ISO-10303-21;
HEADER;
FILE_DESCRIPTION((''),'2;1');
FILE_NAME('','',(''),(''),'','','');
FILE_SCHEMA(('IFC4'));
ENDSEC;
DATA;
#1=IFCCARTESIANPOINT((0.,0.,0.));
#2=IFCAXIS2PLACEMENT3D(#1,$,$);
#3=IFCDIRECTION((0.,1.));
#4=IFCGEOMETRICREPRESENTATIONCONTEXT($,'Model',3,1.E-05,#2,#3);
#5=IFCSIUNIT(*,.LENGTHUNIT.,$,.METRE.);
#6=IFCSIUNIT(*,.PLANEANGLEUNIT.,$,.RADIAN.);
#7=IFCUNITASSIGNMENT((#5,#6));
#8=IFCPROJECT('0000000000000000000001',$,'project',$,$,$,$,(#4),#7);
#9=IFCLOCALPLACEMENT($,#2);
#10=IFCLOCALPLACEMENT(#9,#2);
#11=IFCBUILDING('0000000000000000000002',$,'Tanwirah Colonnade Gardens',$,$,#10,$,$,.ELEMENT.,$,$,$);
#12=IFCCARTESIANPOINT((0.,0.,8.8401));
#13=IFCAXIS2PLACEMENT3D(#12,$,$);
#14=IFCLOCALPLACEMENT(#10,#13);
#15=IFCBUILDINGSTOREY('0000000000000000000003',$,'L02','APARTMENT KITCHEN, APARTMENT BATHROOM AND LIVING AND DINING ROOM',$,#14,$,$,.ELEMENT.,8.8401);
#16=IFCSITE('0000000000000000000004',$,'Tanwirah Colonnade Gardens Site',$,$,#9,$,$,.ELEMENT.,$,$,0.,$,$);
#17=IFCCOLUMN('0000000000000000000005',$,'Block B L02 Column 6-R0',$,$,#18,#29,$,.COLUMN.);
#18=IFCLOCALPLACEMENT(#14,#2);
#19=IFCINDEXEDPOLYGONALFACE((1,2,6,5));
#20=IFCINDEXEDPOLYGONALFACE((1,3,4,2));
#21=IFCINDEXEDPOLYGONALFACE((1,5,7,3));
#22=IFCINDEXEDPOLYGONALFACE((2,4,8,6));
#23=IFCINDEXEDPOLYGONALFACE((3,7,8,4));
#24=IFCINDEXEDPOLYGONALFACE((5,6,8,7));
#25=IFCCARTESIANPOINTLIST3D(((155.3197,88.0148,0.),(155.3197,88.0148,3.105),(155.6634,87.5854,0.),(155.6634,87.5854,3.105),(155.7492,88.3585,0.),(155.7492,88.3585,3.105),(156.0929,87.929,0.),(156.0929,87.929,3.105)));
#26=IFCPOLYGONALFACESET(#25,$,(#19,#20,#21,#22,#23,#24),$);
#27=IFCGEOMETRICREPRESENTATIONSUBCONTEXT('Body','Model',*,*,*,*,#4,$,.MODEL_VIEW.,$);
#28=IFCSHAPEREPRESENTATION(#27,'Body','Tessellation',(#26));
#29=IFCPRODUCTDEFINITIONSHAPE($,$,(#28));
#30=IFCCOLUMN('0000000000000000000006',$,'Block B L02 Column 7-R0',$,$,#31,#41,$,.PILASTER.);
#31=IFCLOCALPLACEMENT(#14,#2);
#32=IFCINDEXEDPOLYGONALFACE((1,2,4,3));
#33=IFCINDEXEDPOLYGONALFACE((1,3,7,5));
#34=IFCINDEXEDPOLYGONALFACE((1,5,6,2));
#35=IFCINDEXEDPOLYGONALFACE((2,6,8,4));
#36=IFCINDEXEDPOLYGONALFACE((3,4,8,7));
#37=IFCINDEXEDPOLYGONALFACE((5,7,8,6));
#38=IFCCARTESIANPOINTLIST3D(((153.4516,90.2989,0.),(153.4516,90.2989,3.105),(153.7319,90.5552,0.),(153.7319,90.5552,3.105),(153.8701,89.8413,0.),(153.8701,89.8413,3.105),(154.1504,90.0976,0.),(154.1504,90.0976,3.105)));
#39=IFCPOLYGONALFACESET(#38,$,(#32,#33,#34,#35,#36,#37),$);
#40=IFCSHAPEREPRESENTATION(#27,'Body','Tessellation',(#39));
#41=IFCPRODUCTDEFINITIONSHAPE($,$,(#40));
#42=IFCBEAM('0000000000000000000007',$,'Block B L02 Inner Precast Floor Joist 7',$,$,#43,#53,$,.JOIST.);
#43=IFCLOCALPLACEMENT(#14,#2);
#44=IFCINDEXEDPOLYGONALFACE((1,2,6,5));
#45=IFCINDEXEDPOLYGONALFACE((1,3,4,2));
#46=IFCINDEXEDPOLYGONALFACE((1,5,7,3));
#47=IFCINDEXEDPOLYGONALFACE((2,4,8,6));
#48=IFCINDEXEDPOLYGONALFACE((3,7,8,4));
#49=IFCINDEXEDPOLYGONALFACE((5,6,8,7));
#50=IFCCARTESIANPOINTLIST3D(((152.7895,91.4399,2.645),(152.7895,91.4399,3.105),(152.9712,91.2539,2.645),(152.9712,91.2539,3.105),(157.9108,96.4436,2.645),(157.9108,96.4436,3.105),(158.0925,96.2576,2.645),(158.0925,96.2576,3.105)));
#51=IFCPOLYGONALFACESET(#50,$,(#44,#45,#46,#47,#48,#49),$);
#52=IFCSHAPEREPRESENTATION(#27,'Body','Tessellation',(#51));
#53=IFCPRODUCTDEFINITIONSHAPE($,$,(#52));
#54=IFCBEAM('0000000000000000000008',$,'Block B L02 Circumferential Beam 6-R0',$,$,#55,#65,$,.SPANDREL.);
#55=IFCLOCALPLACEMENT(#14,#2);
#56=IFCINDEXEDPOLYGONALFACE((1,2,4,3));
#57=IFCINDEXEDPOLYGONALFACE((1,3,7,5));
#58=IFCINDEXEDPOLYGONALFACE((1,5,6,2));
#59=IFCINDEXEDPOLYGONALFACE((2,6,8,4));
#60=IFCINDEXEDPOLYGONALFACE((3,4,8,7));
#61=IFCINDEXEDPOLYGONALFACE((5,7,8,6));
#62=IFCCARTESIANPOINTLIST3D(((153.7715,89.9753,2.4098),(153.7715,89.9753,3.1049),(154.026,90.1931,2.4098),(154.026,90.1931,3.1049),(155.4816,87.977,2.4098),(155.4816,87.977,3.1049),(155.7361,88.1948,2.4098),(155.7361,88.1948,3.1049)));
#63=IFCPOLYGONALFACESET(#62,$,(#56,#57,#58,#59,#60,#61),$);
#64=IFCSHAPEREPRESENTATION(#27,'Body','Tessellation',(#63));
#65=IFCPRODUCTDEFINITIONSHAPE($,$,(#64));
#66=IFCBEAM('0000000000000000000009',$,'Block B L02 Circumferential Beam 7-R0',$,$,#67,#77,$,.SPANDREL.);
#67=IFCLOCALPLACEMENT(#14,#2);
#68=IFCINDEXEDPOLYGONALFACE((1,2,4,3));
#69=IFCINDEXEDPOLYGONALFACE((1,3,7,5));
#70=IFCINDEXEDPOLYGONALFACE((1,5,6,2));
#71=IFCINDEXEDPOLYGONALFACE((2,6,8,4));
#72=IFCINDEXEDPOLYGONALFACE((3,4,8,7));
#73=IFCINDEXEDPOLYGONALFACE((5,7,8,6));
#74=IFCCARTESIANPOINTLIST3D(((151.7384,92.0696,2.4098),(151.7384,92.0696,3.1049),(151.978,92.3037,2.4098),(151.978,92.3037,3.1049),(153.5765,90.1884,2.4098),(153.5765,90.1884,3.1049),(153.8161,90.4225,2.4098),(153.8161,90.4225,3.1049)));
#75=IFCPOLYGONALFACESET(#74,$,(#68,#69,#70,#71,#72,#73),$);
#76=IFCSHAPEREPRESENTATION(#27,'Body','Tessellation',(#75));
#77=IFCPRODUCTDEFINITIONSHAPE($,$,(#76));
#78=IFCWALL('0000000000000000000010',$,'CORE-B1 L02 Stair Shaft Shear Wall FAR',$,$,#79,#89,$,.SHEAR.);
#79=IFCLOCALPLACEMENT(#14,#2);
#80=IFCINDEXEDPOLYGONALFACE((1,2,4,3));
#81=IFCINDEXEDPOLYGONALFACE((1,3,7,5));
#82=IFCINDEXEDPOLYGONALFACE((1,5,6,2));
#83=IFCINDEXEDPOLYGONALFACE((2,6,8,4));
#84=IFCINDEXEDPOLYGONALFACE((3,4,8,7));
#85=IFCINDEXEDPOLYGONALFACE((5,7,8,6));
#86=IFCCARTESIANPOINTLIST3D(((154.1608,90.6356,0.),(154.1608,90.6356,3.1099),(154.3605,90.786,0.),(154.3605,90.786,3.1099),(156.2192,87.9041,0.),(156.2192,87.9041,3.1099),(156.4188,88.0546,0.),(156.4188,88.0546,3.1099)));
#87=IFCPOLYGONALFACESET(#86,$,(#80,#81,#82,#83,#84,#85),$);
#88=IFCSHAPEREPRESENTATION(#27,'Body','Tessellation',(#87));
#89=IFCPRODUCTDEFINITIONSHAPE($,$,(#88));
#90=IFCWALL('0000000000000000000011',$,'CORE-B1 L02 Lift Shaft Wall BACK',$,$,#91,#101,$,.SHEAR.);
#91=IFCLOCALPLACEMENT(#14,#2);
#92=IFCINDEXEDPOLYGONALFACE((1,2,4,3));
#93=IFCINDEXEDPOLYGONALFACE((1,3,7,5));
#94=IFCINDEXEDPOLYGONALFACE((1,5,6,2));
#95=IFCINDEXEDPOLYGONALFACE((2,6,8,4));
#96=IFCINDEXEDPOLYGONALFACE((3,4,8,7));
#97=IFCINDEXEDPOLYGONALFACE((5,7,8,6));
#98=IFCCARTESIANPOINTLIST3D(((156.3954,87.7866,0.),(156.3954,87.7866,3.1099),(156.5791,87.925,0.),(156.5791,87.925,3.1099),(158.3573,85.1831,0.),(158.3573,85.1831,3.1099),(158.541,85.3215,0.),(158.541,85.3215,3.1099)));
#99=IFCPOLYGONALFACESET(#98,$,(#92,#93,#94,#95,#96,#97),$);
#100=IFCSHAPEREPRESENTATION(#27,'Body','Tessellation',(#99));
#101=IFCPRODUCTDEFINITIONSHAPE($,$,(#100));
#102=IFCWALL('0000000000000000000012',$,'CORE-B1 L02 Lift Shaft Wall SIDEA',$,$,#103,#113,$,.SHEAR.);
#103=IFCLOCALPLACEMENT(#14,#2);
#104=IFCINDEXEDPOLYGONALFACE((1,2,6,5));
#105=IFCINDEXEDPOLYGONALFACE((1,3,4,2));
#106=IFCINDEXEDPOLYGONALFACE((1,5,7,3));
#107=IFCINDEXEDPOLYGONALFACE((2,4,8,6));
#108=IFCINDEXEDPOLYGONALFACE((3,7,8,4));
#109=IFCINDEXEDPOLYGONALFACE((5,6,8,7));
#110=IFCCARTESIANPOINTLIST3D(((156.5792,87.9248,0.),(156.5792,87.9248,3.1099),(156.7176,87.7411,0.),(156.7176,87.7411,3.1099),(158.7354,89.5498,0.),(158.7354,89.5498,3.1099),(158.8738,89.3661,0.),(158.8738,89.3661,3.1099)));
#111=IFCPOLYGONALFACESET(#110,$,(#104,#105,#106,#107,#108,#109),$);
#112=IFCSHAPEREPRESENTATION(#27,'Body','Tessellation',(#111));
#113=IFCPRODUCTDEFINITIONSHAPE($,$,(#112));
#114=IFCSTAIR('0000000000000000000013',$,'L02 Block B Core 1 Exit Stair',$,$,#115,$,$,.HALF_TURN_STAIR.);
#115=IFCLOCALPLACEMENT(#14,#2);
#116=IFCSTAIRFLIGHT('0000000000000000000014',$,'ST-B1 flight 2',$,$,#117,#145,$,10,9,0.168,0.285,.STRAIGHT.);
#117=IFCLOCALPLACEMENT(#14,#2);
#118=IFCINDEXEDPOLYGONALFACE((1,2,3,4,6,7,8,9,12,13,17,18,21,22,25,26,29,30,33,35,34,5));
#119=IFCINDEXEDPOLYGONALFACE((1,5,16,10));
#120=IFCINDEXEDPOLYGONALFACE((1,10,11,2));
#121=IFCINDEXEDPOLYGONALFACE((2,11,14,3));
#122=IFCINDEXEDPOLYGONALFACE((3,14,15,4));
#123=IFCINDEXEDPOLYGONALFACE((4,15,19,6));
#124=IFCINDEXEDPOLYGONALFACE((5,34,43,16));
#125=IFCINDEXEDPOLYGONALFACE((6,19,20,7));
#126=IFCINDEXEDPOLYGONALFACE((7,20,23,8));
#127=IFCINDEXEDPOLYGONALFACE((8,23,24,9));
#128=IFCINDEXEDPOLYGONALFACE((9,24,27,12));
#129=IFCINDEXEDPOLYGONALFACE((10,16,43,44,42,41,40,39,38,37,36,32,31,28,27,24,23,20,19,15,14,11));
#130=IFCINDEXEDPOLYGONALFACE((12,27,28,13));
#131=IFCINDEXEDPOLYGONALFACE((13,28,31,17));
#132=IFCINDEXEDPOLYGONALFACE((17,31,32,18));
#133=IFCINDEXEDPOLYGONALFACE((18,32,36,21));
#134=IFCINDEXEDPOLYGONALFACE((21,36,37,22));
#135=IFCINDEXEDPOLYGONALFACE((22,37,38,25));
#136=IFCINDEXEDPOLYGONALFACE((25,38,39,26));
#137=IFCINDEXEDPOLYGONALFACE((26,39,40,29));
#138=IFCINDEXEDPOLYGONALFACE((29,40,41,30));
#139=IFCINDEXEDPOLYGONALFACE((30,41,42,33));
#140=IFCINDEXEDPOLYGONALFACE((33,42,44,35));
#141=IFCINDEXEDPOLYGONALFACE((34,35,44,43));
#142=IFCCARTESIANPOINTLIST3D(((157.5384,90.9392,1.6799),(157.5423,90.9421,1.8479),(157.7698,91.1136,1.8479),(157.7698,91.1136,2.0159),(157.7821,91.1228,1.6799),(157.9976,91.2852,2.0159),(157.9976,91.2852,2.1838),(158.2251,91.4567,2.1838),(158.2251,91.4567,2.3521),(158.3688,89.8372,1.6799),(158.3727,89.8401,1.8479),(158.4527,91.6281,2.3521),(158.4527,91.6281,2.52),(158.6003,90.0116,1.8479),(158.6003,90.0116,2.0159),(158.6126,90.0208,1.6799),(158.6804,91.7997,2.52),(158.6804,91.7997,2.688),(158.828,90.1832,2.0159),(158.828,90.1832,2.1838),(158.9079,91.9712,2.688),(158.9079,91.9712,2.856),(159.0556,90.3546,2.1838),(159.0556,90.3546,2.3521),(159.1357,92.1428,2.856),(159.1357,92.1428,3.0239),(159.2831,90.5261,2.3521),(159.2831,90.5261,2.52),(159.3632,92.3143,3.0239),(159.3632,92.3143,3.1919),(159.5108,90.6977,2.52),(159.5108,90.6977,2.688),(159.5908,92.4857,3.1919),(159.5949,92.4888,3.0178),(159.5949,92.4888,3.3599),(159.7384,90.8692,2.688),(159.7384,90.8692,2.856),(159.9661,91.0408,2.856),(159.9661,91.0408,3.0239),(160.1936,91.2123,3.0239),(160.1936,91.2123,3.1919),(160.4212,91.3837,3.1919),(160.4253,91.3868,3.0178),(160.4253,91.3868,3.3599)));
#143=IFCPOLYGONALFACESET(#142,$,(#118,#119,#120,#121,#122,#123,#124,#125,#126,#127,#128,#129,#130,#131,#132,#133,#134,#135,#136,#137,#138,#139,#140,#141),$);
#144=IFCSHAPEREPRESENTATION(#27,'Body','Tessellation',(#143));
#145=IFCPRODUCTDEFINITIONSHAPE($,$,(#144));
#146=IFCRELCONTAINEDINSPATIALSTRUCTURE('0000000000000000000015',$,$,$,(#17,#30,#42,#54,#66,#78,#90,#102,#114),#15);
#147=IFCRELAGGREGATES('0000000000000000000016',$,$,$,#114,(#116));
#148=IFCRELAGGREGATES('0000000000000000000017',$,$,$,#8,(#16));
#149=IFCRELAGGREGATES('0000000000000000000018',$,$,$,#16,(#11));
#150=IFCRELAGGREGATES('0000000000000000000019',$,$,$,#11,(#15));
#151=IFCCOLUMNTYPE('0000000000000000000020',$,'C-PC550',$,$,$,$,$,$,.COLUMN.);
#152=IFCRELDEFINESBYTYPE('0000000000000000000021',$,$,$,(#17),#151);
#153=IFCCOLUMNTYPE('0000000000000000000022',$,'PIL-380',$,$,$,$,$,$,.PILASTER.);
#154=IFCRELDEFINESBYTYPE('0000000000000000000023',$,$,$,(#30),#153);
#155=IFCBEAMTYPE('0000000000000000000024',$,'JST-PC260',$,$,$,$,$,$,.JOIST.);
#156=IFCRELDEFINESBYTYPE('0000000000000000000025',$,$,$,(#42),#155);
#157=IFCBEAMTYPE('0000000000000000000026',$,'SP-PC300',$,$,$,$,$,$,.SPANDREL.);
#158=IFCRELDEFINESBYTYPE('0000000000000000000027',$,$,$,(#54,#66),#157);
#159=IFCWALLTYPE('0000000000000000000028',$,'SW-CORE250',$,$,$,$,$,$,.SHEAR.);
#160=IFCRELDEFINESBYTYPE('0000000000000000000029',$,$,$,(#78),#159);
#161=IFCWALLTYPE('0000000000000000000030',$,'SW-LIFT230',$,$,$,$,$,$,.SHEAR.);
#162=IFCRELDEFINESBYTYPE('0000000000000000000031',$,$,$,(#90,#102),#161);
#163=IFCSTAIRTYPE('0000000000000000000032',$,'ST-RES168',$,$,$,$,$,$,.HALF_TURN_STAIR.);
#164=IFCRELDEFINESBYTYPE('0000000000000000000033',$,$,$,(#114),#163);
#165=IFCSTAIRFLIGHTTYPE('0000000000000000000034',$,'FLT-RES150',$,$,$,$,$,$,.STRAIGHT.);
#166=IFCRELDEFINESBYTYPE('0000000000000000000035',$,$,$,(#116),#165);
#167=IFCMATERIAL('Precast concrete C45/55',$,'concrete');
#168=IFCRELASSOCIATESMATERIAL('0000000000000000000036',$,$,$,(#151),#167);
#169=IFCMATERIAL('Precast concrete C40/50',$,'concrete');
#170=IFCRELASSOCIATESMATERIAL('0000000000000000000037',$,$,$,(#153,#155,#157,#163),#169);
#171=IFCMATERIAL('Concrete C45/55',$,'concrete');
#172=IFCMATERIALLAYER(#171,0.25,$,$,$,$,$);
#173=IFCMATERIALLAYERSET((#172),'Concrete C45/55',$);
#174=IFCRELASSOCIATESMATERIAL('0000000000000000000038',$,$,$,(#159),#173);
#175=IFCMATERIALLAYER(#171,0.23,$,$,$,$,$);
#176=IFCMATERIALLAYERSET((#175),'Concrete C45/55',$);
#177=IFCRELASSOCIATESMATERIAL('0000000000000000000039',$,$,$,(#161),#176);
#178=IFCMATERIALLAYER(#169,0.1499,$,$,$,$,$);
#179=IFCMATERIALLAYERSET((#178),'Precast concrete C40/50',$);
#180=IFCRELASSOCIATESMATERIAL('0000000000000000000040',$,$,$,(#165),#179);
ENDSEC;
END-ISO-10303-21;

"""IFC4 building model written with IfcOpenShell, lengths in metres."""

from ifc_helpers import new_model, si_unit, direction, frame, frame_2d, origin, origin_2d, place, context, subcontext, project, spatial, polyline, rectangle, outline, extrude, material, layer, layer_set, material_profile, profile_set, type_object, element, aggregate, save


model = new_model("IFC4")

# Units and contexts
model_context = context("Model", 3, precision=1e-05, world=origin(), true_north=direction((0.0, 1.0)))
body_context = subcontext(model_context, "Body", "Model", "MODEL_VIEW")
ifc_project = project(units=[si_unit("LENGTHUNIT", "METRE"), si_unit("PLANEANGLEUNIT", "RADIAN")], contexts=[model_context])

# Site, building, storey
site_placement = place(None, origin())
site = spatial("IfcSite", under=ifc_project, at=site_placement, Name="Tanwirah Colonnade Gardens Site", CompositionType="ELEMENT", RefElevation=0.0)
building_placement = place(site_placement, origin())
building = spatial("IfcBuilding", under=site, at=building_placement, Name="Tanwirah Colonnade Gardens", CompositionType="ELEMENT")
storey_placement = place(building_placement, frame((0.0, 0.0, 8.8401)))
storey = spatial("IfcBuildingStorey", under=building, at=storey_placement, Name="L02", Description="APARTMENT KITCHEN, APARTMENT BATHROOM AND LIVING AND DINING ROOM", CompositionType="ELEMENT", Elevation=8.8401)

# Columns
ifc_material_1 = material(Name="Precast concrete C45/55", Category="concrete")
ifc_material_profile_1 = material_profile(ifc_material_1, rectangle(XDim=0.55, YDim=0.55, at=origin_2d()), Name="PC-COL 550x550")
ifc_profile_set_1 = profile_set([ifc_material_profile_1], Name="Precast concrete C45/55")
column_type_1 = type_object("IfcColumnType", Name="C-PC550", PredefinedType="COLUMN", material=ifc_profile_set_1)
column_1_placement = place(storey_placement, frame((155.7063, 87.9719, 0.0), z_axis=(0.0, 0.0, 1.0), x_axis=(0.780794, 0.624789, 0.0)))
element("IfcColumn", 1, at=column_1_placement, inside=storey, type_object=column_type_1, Name="Block B L02 Column 6-R0", PredefinedType="COLUMN", context=body_context, shape_type="SweptSolid", body=[
    extrude(rectangle(XDim=0.55, YDim=0.55, at=origin_2d()), origin(), (0.0, 0.0, 1.0), 3.105),
])
ifc_material_2 = material(Name="Precast concrete C40/50", Category="concrete")
ifc_material_profile_2 = material_profile(ifc_material_2, rectangle(XDim=0.3799, YDim=0.6201, at=origin_2d()), Name="PC-PIL 380x620")
ifc_profile_set_2 = profile_set([ifc_material_profile_2], Name="Precast concrete C40/50")
column_type_2 = type_object("IfcColumnType", Name="PIL-380", PredefinedType="PILASTER", material=ifc_profile_set_2)
column_2_placement = place(storey_placement, frame((153.801, 90.1982, 0.0), z_axis=(0.0, 0.0, 1.0), x_axis=(0.737932, 0.674875, 0.0)))
element("IfcColumn", 2, at=column_2_placement, inside=storey, type_object=column_type_2, Name="Block B L02 Column 7-R0", PredefinedType="PILASTER", context=body_context, shape_type="SweptSolid", body=[
    extrude(rectangle(XDim=0.3799, YDim=0.6201, at=origin_2d()), origin(), (0.0, 0.0, 1.0), 3.105),
])

# Beams
ifc_material_profile_3 = material_profile(ifc_material_2, rectangle(XDim=0.26, YDim=0.46, at=origin_2d()), Name="PC-JST 260x460")
ifc_profile_set_3 = profile_set([ifc_material_profile_3], Name="Precast concrete C40/50")
beam_type_1 = type_object("IfcBeamType", Name="JST-PC260", PredefinedType="JOIST", material=ifc_profile_set_3)
beam_placement = place(storey_placement, frame((152.8804, 91.3469, 2.875), z_axis=(0.715277, 0.698841, 0.0), x_axis=(-0.698841, 0.715277, 0.0)))
element("IfcBeam", 3, at=beam_placement, inside=storey, type_object=beam_type_1, Name="Block B L02 Inner Precast Floor Joist 7", PredefinedType="JOIST", context=body_context, shape_type="SweptSolid", body=[
    extrude(rectangle(XDim=0.26, YDim=0.46, at=origin_2d()), origin(), (0.0, 0.0, 1.0), 7.1599),
])
ifc_material_profile_4 = material_profile(ifc_material_2, rectangle(XDim=0.335, YDim=0.6951, at=origin_2d()), Name="PC-SP 335x695")
ifc_profile_set_4 = profile_set([ifc_material_profile_4], Name="Precast concrete C40/50")
beam_type_2 = type_object("IfcBeamType", Name="SP-PC300", PredefinedType="SPANDREL", material=ifc_profile_set_4)
for number, where, z_axis, x_axis, name in (
    (4, (155.6089, 88.0859, 2.7573), (-0.650218, 0.759748, 0.0), (-0.759748, -0.650218, 0.0), "Block B L02 Circumferential Beam 6-R0"),
    (5, (153.6963, 90.3054, 2.7573), (-0.698844, 0.715274, 0.0), (-0.715274, -0.698844, 0.0), "Block B L02 Circumferential Beam 7-R0"),
):
    element("IfcBeam", number, at=place(storey_placement, frame(where, z_axis=z_axis, x_axis=x_axis)), inside=storey, type_object=beam_type_2, Name=name, PredefinedType="SPANDREL", context=body_context, shape_type="SweptSolid", body=[
        extrude(rectangle(XDim=0.335, YDim=0.6951, at=origin_2d()), origin(), (0.0, 0.0, 1.0), 2.6301),
    ])

# Wall
ifc_material_3 = material(Name="Concrete C45/55", Category="concrete")
ifc_layer_1 = layer(ifc_material_3, 0.25)
ifc_layer_set_1 = layer_set([ifc_layer_1], Name="Concrete C45/55")
wall_type_1 = type_object("IfcWallType", Name="SW-CORE250", PredefinedType="SHEAR", material=ifc_layer_set_1)
wall_1_placement = place(storey_placement, frame((154.2607, 90.7107, 0.0), z_axis=(0.0, 0.0, 1.0), x_axis=(0.601826, -0.798627, 0.0)))
element("IfcWall", 6, at=wall_1_placement, inside=storey, type_object=wall_type_1, Name="CORE-B1 L02 Stair Shaft Shear Wall FAR", PredefinedType="SHEAR", context=body_context, shape_type="SweptSolid", body=[
    extrude(rectangle(XDim=3.4202, YDim=0.25, at=frame_2d((1.71, 0.0))), origin(), (0.0, 0.0, 1.0), 3.1099),
])

# Shared definitions
ifc_layer_2 = layer(ifc_material_3, 0.23)
ifc_layer_set_2 = layer_set([ifc_layer_2], Name="Concrete C45/55")
wall_type_2 = type_object("IfcWallType", Name="SW-LIFT230", PredefinedType="SHEAR", material=ifc_layer_set_2)

# Walls
wall_2_placement = place(storey_placement, frame((156.4873, 87.8557, 0.0), z_axis=(0.0, 0.0, 1.0), x_axis=(0.60182, -0.798632, 0.0)))
element("IfcWall", 7, at=wall_2_placement, inside=storey, type_object=wall_type_2, Name="CORE-B1 L02 Lift Shaft Wall BACK", PredefinedType="SHEAR", context=body_context, shape_type="SweptSolid", body=[
    extrude(rectangle(XDim=3.26, YDim=0.23, at=frame_2d((1.6299, 0.0))), origin(), (0.0, 0.0, 1.0), 3.1099),
])
wall_3_placement = place(storey_placement, frame((158.8047, 89.458, 0.0), z_axis=(0.0, 0.0, 1.0), x_axis=(-0.798609, -0.60185, 0.0)))
element("IfcWall", 8, at=wall_3_placement, inside=storey, type_object=wall_type_2, Name="CORE-B1 L02 Lift Shaft Wall SIDEA", PredefinedType="SHEAR", context=body_context, shape_type="SweptSolid", body=[
    extrude(rectangle(XDim=2.7, YDim=0.23, at=frame_2d((1.3501, 0.0))), origin(), (0.0, 0.0, 1.0), 3.1099),
])

# Stair, stair flight
stair_type = type_object("IfcStairType", Name="ST-RES168", PredefinedType="HALF_TURN_STAIR", material=ifc_material_2)
stair_placement = place(storey_placement, origin())
stair = element("IfcStair", 9, at=stair_placement, inside=storey, type_object=stair_type, Name="L02 Block B Core 1 Exit Stair", PredefinedType="HALF_TURN_STAIR")
ifc_layer_3 = layer(ifc_material_2, 0.1499)
ifc_layer_set_3 = layer_set([ifc_layer_3], Name="Precast concrete C40/50")
stair_flight_type = type_object("IfcStairFlightType", Name="FLT-RES150", PredefinedType="STRAIGHT", material=ifc_layer_set_3)
stair_flight_placement = place(storey_placement, frame((157.9575, 90.3911, 1.6799), z_axis=(0.0, 0.0, 1.0), x_axis=(0.798636, 0.601815, 0.0)))
stair_flight = element("IfcStairFlight", 10, at=stair_flight_placement, type_object=stair_flight_type, Name="ST-B1 flight 2", NumberOfRisers=10, NumberOfTreads=9, PredefinedType="STRAIGHT", RiserHeight=0.168, TreadLength=0.285, context=body_context, shape_type="SweptSolid", body=[
    extrude(outline(polyline([(-0.0049, 0.0), (0.0, 0.168), (0.2849, 0.168), (0.2849, 0.3359), (0.5701, 0.3359), (0.5701, 0.5039), (0.855, 0.5039), (0.855, 0.6721), (1.1399, 0.6721), (1.1399, 0.8401), (1.425, 0.8401), (1.425, 1.0081), (1.71, 1.0081), (1.71, 1.176), (1.9951, 1.176), (1.9951, 1.344), (2.28, 1.344), (2.28, 1.512), (2.5649, 1.512), (2.5701, 1.6799), (2.5701, 1.3379), (0.3003, 0.0), (-0.0049, 0.0)])), frame((0.0, 0.6899, 0.0), z_axis=(0.0, -1.0, 0.0), x_axis=(1.0, 0.0, 0.0)), (0.0, 0.0, 1.0), 1.3799),
])
aggregate(stair, [stair_flight])

save(model, "model.ifc")
